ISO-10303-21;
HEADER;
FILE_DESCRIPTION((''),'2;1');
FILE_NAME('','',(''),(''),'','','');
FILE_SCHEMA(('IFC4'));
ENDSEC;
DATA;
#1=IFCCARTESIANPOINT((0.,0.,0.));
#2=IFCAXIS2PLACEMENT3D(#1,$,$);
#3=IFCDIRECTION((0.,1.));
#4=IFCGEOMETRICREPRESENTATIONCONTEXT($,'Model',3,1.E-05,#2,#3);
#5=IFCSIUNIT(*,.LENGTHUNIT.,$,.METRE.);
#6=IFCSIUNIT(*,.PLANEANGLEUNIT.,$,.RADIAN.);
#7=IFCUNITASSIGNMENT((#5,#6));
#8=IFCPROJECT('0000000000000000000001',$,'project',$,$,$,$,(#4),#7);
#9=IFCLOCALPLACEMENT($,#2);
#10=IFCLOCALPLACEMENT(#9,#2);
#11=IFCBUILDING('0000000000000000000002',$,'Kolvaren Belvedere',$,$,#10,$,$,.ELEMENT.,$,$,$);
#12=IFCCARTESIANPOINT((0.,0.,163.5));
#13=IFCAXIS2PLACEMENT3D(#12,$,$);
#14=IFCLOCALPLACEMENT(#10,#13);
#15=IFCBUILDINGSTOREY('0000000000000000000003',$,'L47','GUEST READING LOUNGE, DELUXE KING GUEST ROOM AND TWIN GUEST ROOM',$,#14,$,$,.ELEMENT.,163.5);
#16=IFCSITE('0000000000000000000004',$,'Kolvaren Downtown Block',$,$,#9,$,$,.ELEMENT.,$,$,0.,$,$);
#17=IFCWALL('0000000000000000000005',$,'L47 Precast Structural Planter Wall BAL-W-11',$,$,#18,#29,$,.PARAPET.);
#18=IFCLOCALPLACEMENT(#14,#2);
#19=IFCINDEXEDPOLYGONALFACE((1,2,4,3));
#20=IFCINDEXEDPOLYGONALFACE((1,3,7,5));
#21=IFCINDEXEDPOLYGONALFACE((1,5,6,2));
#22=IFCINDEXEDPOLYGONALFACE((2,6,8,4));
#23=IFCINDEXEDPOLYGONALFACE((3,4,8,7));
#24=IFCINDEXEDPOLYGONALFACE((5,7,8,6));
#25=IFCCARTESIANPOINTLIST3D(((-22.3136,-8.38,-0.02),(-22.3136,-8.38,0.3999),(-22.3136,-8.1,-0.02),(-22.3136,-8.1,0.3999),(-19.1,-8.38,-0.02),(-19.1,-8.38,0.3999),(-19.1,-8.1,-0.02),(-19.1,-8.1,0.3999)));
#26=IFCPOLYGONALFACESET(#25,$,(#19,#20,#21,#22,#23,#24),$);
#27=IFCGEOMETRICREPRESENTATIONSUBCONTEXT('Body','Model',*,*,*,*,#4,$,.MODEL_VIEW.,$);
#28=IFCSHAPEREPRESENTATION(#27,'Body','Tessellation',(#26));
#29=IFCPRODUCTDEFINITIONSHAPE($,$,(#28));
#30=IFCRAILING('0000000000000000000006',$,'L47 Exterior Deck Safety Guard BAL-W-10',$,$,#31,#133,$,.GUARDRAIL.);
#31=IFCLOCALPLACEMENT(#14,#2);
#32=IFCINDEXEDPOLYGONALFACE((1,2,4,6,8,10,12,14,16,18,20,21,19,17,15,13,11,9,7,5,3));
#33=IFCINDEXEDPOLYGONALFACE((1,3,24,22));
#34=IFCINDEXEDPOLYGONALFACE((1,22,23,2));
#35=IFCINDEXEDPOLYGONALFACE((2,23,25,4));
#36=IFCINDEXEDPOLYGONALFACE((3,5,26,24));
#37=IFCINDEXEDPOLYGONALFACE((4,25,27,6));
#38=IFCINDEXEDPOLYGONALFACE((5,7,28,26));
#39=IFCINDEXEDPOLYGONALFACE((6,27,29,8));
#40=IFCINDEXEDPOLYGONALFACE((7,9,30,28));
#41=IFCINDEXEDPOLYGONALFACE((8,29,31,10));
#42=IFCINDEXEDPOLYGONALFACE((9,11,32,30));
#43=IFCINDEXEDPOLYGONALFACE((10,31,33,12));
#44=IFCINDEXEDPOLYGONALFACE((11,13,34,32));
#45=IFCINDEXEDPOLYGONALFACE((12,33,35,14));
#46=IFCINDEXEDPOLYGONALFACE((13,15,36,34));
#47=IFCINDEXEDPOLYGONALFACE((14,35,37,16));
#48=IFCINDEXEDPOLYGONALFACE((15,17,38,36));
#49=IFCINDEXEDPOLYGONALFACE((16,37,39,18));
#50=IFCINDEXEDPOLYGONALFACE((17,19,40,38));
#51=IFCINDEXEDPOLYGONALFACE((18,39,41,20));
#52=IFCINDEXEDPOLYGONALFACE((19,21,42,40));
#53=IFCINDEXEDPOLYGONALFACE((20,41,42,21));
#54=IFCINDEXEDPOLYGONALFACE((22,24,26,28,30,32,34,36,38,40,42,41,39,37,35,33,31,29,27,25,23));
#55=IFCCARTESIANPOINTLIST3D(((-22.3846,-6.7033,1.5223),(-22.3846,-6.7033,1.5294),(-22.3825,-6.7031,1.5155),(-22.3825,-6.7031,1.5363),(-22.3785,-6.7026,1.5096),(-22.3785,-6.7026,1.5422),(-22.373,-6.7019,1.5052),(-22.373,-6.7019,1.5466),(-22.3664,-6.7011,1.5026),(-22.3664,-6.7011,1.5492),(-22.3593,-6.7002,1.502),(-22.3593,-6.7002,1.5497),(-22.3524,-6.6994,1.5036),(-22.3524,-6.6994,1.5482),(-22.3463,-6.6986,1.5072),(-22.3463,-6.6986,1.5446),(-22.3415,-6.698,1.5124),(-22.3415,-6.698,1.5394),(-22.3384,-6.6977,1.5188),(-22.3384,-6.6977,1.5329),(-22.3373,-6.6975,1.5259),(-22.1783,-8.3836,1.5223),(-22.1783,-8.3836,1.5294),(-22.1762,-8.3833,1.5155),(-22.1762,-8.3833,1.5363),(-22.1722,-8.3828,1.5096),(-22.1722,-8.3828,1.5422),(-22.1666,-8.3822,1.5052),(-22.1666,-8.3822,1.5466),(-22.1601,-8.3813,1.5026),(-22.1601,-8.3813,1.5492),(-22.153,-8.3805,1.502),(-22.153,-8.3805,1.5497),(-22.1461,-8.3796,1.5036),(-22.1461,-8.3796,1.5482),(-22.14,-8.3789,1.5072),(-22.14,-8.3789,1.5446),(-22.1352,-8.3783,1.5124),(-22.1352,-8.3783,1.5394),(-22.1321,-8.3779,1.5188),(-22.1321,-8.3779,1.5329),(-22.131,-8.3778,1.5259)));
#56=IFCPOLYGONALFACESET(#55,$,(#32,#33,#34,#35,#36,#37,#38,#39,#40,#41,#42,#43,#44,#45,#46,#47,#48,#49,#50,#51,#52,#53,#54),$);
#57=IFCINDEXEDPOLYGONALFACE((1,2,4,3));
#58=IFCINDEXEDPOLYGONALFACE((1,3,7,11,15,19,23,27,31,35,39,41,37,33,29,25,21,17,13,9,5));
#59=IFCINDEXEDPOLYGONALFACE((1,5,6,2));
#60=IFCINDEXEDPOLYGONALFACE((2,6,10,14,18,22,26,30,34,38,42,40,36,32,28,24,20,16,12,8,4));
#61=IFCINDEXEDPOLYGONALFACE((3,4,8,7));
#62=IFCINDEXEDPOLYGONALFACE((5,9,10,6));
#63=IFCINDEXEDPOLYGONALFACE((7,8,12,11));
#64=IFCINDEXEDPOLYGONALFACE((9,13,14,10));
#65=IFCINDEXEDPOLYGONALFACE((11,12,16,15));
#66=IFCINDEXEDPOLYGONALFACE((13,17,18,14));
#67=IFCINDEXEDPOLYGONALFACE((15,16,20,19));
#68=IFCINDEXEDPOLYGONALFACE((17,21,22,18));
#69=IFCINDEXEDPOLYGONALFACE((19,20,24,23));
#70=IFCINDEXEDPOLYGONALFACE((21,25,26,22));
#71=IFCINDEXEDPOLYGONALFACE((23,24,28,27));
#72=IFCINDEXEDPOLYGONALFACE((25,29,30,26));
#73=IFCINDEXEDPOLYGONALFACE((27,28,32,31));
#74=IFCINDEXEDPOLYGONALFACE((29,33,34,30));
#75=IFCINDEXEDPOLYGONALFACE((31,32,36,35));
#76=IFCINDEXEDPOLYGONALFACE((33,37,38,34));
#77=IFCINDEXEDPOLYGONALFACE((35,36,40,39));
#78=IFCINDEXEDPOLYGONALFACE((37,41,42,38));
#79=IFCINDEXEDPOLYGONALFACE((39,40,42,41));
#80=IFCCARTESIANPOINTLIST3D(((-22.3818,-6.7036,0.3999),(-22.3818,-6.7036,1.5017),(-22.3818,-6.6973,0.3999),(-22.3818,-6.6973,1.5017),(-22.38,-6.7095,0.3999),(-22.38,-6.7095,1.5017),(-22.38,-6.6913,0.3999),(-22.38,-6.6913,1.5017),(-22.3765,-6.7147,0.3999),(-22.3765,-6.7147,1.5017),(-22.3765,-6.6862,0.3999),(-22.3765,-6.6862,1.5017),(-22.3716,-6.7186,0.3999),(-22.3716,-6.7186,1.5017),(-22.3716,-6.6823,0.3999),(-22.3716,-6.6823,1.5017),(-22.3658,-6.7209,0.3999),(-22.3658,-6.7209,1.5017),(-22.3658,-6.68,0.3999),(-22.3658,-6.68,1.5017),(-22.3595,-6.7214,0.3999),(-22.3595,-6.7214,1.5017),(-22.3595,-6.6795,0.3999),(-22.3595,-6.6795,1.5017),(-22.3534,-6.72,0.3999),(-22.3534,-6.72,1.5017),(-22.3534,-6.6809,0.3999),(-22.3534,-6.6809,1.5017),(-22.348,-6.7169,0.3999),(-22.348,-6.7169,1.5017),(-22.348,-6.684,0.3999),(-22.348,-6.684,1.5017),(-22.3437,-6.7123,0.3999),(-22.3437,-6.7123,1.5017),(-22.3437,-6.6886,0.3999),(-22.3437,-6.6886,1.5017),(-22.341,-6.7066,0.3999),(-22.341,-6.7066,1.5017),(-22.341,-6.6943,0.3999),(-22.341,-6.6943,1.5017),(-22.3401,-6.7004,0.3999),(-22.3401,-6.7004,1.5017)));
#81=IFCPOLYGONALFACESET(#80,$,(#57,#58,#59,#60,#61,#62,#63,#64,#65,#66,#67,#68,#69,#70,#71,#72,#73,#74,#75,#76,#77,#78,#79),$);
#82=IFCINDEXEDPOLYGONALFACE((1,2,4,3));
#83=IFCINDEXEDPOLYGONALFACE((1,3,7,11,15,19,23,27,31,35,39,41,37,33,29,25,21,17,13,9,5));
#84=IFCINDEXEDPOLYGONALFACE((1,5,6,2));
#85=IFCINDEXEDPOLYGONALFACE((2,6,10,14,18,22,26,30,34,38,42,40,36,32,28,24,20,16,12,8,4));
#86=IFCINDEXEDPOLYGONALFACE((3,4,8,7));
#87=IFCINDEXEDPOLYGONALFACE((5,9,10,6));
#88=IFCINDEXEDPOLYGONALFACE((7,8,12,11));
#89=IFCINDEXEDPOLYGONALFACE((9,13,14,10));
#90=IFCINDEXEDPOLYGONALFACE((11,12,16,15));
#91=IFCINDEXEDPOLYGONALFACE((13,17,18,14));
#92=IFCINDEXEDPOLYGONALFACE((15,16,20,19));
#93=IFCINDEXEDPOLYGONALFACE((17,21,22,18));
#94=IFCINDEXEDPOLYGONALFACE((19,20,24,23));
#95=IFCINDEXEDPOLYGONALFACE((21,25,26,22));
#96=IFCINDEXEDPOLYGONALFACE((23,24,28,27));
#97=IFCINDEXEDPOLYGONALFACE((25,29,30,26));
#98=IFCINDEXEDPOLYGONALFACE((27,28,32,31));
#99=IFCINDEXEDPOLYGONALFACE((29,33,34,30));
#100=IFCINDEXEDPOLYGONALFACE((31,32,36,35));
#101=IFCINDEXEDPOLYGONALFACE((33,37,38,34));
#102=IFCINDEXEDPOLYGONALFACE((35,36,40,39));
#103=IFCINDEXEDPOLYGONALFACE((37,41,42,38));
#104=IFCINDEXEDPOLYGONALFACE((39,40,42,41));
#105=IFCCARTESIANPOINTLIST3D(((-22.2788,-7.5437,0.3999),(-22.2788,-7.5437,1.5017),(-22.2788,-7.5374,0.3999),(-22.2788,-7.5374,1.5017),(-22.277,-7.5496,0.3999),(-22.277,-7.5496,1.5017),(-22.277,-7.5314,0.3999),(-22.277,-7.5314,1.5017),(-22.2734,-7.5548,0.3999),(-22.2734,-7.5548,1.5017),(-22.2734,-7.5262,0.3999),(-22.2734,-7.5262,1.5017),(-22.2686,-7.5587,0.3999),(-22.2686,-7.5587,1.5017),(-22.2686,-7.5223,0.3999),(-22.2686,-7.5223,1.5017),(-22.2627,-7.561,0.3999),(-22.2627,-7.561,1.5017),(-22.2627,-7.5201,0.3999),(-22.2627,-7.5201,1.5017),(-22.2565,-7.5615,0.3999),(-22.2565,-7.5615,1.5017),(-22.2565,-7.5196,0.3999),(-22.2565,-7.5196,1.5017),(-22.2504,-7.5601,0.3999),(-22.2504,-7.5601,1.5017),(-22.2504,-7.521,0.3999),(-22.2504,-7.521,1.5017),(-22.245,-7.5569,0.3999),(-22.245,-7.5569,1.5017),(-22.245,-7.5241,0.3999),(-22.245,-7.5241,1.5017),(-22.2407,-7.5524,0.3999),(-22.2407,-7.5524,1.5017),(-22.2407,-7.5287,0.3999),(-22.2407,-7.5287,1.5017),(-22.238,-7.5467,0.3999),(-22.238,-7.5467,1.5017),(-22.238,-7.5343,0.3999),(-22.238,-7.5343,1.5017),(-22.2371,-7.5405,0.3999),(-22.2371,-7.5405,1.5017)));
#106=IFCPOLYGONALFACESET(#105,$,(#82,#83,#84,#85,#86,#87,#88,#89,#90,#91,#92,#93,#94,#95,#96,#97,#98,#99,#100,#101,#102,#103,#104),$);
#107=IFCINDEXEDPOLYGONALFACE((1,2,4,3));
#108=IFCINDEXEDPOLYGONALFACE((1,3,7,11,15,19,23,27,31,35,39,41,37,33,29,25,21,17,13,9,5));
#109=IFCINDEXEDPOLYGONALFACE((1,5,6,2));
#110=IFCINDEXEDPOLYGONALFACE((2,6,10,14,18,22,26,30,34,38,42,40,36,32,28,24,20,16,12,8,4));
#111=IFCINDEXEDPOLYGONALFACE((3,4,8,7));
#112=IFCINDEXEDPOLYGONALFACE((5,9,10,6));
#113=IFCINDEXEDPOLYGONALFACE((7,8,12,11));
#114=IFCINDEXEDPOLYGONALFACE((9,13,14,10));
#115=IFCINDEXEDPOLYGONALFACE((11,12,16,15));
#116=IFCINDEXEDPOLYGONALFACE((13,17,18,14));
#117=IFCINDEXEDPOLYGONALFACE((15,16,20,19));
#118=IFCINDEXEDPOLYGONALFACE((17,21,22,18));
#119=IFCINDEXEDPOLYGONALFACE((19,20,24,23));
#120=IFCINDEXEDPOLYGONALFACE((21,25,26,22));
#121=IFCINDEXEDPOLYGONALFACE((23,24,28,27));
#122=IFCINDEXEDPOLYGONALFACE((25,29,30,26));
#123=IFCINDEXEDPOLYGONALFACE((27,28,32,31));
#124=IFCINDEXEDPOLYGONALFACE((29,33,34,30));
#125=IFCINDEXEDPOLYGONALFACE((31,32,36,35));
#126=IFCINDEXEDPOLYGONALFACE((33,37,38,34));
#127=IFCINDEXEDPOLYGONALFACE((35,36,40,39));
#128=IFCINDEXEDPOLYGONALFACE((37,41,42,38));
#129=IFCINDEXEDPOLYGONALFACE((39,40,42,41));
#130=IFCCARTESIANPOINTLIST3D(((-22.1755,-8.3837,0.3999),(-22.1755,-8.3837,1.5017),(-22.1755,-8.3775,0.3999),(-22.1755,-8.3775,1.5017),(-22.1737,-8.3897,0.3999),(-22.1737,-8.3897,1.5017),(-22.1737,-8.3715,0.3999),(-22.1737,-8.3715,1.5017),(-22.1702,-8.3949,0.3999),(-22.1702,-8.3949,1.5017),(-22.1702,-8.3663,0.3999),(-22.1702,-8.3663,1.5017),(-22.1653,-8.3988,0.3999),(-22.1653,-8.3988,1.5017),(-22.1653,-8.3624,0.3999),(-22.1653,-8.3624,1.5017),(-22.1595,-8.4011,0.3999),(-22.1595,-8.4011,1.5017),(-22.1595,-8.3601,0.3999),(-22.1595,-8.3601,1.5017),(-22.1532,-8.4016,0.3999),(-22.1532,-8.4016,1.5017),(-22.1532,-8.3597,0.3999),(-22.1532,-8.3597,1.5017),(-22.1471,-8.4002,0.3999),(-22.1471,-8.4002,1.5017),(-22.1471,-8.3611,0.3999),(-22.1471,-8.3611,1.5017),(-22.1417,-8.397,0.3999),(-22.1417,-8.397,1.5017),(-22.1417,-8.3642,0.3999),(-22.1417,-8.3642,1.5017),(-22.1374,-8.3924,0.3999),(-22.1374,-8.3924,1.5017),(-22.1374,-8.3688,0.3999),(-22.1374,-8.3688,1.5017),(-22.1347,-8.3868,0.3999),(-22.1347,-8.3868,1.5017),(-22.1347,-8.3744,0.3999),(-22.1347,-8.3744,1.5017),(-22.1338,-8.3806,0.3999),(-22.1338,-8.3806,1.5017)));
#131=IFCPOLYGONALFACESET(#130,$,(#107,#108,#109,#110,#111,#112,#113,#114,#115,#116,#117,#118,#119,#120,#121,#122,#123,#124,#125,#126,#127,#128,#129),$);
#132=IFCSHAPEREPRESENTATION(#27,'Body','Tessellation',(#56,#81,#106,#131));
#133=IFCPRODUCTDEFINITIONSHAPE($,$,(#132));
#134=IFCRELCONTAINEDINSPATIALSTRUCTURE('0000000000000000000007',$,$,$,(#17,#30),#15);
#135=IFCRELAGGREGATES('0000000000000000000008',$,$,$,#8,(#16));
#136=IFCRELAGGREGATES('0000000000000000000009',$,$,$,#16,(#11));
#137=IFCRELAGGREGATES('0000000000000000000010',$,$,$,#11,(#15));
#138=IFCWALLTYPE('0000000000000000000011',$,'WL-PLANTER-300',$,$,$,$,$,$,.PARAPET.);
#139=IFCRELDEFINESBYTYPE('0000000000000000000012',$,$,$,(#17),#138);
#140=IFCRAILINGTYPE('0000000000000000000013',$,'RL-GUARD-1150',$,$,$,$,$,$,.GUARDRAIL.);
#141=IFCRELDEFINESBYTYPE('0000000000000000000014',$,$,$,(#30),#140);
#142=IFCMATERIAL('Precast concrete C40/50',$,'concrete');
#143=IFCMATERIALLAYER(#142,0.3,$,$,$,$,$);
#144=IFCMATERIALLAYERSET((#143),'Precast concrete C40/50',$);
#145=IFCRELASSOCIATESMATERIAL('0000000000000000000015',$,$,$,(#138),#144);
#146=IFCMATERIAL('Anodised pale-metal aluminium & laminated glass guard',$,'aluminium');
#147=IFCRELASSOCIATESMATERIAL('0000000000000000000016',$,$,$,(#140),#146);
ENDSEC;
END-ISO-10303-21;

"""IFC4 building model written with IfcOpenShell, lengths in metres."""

from ifc_helpers import new_model, si_unit, direction, frame, frame_2d, origin, origin_2d, place, context, subcontext, project, spatial, rectangle, circle, extrude, material, layer, layer_set, type_object, element, save


model = new_model("IFC4")

# Units and contexts
model_context = context("Model", 3, precision=1e-05, world=origin(), true_north=direction((0.0, 1.0)))
body_context = subcontext(model_context, "Body", "Model", "MODEL_VIEW")
ifc_project = project(units=[si_unit("LENGTHUNIT", "METRE"), si_unit("PLANEANGLEUNIT", "RADIAN")], contexts=[model_context])

# Site, building, storey
site_placement = place(None, origin())
site = spatial("IfcSite", under=ifc_project, at=site_placement, Name="Kolvaren Downtown Block", CompositionType="ELEMENT", RefElevation=0.0)
building_placement = place(site_placement, origin())
building = spatial("IfcBuilding", under=site, at=building_placement, Name="Kolvaren Belvedere", CompositionType="ELEMENT")
storey_placement = place(building_placement, frame((0.0, 0.0, 163.5)))
storey = spatial("IfcBuildingStorey", under=building, at=storey_placement, Name="L47", Description="GUEST READING LOUNGE, DELUXE KING GUEST ROOM AND TWIN GUEST ROOM", CompositionType="ELEMENT", Elevation=163.5)

# Wall
ifc_material_1 = material(Name="Precast concrete C40/50", Category="concrete")
ifc_layer_1 = layer(ifc_material_1, 0.3)
ifc_layer_set_1 = layer_set([ifc_layer_1], Name="Precast concrete C40/50")
wall_type_1 = type_object("IfcWallType", Name="WL-PLANTER-300", PredefinedType="PARAPET", material=ifc_layer_set_1)
wall_1_placement = place(storey_placement, frame((-22.3137, -8.24, -0.02), z_axis=(0.0, 0.0, 1.0), x_axis=(1.0, 0.0, 0.0)))
element("IfcWall", 1, at=wall_1_placement, inside=storey, type_object=wall_type_1, Name="L47 Precast Structural Planter Wall BAL-W-11", PredefinedType="PARAPET", context=body_context, shape_type="SweptSolid", body=[
    extrude(rectangle(XDim=3.2136, YDim=0.28, at=frame_2d((1.6069, 0.0))), origin(), (0.0, 0.0, 1.0), 0.4199),
])

# Railing
ifc_material_2 = material(Name="Anodised pale-metal aluminium & laminated glass guard", Category="aluminium")
railing_type = type_object("IfcRailingType", Name="RL-GUARD-1150", PredefinedType="GUARDRAIL", material=ifc_material_2)
railing_1_placement = place(storey_placement, frame((-22.3611, -6.7004, 0.3999)))
element("IfcRailing", 2, at=railing_1_placement, inside=storey, type_object=railing_type, Name="L47 Exterior Deck Safety Guard BAL-W-10", PredefinedType="GUARDRAIL", context=body_context, shape_type="SweptSolid", body=[
    extrude(circle(Radius=0.0239, at=origin_2d()), frame((0.0, 0.0, 1.126), z_axis=(0.121869, -0.992546, 0.0), x_axis=(0.992546, 0.121869, 0.0)), (0.0, 0.0, 1.0), 1.6929),
    extrude(circle(Radius=0.021, at=origin_2d()), origin(), (0.0, 0.0, 1.0), 1.1018),
    extrude(circle(Radius=0.021, at=origin_2d()), frame((0.103, -0.8401, 0.0)), (0.0, 0.0, 1.0), 1.1018),
    extrude(circle(Radius=0.021, at=origin_2d()), frame((0.2063, -1.6802, 0.0)), (0.0, 0.0, 1.0), 1.1018),
])

save(model, "model.ifc")
